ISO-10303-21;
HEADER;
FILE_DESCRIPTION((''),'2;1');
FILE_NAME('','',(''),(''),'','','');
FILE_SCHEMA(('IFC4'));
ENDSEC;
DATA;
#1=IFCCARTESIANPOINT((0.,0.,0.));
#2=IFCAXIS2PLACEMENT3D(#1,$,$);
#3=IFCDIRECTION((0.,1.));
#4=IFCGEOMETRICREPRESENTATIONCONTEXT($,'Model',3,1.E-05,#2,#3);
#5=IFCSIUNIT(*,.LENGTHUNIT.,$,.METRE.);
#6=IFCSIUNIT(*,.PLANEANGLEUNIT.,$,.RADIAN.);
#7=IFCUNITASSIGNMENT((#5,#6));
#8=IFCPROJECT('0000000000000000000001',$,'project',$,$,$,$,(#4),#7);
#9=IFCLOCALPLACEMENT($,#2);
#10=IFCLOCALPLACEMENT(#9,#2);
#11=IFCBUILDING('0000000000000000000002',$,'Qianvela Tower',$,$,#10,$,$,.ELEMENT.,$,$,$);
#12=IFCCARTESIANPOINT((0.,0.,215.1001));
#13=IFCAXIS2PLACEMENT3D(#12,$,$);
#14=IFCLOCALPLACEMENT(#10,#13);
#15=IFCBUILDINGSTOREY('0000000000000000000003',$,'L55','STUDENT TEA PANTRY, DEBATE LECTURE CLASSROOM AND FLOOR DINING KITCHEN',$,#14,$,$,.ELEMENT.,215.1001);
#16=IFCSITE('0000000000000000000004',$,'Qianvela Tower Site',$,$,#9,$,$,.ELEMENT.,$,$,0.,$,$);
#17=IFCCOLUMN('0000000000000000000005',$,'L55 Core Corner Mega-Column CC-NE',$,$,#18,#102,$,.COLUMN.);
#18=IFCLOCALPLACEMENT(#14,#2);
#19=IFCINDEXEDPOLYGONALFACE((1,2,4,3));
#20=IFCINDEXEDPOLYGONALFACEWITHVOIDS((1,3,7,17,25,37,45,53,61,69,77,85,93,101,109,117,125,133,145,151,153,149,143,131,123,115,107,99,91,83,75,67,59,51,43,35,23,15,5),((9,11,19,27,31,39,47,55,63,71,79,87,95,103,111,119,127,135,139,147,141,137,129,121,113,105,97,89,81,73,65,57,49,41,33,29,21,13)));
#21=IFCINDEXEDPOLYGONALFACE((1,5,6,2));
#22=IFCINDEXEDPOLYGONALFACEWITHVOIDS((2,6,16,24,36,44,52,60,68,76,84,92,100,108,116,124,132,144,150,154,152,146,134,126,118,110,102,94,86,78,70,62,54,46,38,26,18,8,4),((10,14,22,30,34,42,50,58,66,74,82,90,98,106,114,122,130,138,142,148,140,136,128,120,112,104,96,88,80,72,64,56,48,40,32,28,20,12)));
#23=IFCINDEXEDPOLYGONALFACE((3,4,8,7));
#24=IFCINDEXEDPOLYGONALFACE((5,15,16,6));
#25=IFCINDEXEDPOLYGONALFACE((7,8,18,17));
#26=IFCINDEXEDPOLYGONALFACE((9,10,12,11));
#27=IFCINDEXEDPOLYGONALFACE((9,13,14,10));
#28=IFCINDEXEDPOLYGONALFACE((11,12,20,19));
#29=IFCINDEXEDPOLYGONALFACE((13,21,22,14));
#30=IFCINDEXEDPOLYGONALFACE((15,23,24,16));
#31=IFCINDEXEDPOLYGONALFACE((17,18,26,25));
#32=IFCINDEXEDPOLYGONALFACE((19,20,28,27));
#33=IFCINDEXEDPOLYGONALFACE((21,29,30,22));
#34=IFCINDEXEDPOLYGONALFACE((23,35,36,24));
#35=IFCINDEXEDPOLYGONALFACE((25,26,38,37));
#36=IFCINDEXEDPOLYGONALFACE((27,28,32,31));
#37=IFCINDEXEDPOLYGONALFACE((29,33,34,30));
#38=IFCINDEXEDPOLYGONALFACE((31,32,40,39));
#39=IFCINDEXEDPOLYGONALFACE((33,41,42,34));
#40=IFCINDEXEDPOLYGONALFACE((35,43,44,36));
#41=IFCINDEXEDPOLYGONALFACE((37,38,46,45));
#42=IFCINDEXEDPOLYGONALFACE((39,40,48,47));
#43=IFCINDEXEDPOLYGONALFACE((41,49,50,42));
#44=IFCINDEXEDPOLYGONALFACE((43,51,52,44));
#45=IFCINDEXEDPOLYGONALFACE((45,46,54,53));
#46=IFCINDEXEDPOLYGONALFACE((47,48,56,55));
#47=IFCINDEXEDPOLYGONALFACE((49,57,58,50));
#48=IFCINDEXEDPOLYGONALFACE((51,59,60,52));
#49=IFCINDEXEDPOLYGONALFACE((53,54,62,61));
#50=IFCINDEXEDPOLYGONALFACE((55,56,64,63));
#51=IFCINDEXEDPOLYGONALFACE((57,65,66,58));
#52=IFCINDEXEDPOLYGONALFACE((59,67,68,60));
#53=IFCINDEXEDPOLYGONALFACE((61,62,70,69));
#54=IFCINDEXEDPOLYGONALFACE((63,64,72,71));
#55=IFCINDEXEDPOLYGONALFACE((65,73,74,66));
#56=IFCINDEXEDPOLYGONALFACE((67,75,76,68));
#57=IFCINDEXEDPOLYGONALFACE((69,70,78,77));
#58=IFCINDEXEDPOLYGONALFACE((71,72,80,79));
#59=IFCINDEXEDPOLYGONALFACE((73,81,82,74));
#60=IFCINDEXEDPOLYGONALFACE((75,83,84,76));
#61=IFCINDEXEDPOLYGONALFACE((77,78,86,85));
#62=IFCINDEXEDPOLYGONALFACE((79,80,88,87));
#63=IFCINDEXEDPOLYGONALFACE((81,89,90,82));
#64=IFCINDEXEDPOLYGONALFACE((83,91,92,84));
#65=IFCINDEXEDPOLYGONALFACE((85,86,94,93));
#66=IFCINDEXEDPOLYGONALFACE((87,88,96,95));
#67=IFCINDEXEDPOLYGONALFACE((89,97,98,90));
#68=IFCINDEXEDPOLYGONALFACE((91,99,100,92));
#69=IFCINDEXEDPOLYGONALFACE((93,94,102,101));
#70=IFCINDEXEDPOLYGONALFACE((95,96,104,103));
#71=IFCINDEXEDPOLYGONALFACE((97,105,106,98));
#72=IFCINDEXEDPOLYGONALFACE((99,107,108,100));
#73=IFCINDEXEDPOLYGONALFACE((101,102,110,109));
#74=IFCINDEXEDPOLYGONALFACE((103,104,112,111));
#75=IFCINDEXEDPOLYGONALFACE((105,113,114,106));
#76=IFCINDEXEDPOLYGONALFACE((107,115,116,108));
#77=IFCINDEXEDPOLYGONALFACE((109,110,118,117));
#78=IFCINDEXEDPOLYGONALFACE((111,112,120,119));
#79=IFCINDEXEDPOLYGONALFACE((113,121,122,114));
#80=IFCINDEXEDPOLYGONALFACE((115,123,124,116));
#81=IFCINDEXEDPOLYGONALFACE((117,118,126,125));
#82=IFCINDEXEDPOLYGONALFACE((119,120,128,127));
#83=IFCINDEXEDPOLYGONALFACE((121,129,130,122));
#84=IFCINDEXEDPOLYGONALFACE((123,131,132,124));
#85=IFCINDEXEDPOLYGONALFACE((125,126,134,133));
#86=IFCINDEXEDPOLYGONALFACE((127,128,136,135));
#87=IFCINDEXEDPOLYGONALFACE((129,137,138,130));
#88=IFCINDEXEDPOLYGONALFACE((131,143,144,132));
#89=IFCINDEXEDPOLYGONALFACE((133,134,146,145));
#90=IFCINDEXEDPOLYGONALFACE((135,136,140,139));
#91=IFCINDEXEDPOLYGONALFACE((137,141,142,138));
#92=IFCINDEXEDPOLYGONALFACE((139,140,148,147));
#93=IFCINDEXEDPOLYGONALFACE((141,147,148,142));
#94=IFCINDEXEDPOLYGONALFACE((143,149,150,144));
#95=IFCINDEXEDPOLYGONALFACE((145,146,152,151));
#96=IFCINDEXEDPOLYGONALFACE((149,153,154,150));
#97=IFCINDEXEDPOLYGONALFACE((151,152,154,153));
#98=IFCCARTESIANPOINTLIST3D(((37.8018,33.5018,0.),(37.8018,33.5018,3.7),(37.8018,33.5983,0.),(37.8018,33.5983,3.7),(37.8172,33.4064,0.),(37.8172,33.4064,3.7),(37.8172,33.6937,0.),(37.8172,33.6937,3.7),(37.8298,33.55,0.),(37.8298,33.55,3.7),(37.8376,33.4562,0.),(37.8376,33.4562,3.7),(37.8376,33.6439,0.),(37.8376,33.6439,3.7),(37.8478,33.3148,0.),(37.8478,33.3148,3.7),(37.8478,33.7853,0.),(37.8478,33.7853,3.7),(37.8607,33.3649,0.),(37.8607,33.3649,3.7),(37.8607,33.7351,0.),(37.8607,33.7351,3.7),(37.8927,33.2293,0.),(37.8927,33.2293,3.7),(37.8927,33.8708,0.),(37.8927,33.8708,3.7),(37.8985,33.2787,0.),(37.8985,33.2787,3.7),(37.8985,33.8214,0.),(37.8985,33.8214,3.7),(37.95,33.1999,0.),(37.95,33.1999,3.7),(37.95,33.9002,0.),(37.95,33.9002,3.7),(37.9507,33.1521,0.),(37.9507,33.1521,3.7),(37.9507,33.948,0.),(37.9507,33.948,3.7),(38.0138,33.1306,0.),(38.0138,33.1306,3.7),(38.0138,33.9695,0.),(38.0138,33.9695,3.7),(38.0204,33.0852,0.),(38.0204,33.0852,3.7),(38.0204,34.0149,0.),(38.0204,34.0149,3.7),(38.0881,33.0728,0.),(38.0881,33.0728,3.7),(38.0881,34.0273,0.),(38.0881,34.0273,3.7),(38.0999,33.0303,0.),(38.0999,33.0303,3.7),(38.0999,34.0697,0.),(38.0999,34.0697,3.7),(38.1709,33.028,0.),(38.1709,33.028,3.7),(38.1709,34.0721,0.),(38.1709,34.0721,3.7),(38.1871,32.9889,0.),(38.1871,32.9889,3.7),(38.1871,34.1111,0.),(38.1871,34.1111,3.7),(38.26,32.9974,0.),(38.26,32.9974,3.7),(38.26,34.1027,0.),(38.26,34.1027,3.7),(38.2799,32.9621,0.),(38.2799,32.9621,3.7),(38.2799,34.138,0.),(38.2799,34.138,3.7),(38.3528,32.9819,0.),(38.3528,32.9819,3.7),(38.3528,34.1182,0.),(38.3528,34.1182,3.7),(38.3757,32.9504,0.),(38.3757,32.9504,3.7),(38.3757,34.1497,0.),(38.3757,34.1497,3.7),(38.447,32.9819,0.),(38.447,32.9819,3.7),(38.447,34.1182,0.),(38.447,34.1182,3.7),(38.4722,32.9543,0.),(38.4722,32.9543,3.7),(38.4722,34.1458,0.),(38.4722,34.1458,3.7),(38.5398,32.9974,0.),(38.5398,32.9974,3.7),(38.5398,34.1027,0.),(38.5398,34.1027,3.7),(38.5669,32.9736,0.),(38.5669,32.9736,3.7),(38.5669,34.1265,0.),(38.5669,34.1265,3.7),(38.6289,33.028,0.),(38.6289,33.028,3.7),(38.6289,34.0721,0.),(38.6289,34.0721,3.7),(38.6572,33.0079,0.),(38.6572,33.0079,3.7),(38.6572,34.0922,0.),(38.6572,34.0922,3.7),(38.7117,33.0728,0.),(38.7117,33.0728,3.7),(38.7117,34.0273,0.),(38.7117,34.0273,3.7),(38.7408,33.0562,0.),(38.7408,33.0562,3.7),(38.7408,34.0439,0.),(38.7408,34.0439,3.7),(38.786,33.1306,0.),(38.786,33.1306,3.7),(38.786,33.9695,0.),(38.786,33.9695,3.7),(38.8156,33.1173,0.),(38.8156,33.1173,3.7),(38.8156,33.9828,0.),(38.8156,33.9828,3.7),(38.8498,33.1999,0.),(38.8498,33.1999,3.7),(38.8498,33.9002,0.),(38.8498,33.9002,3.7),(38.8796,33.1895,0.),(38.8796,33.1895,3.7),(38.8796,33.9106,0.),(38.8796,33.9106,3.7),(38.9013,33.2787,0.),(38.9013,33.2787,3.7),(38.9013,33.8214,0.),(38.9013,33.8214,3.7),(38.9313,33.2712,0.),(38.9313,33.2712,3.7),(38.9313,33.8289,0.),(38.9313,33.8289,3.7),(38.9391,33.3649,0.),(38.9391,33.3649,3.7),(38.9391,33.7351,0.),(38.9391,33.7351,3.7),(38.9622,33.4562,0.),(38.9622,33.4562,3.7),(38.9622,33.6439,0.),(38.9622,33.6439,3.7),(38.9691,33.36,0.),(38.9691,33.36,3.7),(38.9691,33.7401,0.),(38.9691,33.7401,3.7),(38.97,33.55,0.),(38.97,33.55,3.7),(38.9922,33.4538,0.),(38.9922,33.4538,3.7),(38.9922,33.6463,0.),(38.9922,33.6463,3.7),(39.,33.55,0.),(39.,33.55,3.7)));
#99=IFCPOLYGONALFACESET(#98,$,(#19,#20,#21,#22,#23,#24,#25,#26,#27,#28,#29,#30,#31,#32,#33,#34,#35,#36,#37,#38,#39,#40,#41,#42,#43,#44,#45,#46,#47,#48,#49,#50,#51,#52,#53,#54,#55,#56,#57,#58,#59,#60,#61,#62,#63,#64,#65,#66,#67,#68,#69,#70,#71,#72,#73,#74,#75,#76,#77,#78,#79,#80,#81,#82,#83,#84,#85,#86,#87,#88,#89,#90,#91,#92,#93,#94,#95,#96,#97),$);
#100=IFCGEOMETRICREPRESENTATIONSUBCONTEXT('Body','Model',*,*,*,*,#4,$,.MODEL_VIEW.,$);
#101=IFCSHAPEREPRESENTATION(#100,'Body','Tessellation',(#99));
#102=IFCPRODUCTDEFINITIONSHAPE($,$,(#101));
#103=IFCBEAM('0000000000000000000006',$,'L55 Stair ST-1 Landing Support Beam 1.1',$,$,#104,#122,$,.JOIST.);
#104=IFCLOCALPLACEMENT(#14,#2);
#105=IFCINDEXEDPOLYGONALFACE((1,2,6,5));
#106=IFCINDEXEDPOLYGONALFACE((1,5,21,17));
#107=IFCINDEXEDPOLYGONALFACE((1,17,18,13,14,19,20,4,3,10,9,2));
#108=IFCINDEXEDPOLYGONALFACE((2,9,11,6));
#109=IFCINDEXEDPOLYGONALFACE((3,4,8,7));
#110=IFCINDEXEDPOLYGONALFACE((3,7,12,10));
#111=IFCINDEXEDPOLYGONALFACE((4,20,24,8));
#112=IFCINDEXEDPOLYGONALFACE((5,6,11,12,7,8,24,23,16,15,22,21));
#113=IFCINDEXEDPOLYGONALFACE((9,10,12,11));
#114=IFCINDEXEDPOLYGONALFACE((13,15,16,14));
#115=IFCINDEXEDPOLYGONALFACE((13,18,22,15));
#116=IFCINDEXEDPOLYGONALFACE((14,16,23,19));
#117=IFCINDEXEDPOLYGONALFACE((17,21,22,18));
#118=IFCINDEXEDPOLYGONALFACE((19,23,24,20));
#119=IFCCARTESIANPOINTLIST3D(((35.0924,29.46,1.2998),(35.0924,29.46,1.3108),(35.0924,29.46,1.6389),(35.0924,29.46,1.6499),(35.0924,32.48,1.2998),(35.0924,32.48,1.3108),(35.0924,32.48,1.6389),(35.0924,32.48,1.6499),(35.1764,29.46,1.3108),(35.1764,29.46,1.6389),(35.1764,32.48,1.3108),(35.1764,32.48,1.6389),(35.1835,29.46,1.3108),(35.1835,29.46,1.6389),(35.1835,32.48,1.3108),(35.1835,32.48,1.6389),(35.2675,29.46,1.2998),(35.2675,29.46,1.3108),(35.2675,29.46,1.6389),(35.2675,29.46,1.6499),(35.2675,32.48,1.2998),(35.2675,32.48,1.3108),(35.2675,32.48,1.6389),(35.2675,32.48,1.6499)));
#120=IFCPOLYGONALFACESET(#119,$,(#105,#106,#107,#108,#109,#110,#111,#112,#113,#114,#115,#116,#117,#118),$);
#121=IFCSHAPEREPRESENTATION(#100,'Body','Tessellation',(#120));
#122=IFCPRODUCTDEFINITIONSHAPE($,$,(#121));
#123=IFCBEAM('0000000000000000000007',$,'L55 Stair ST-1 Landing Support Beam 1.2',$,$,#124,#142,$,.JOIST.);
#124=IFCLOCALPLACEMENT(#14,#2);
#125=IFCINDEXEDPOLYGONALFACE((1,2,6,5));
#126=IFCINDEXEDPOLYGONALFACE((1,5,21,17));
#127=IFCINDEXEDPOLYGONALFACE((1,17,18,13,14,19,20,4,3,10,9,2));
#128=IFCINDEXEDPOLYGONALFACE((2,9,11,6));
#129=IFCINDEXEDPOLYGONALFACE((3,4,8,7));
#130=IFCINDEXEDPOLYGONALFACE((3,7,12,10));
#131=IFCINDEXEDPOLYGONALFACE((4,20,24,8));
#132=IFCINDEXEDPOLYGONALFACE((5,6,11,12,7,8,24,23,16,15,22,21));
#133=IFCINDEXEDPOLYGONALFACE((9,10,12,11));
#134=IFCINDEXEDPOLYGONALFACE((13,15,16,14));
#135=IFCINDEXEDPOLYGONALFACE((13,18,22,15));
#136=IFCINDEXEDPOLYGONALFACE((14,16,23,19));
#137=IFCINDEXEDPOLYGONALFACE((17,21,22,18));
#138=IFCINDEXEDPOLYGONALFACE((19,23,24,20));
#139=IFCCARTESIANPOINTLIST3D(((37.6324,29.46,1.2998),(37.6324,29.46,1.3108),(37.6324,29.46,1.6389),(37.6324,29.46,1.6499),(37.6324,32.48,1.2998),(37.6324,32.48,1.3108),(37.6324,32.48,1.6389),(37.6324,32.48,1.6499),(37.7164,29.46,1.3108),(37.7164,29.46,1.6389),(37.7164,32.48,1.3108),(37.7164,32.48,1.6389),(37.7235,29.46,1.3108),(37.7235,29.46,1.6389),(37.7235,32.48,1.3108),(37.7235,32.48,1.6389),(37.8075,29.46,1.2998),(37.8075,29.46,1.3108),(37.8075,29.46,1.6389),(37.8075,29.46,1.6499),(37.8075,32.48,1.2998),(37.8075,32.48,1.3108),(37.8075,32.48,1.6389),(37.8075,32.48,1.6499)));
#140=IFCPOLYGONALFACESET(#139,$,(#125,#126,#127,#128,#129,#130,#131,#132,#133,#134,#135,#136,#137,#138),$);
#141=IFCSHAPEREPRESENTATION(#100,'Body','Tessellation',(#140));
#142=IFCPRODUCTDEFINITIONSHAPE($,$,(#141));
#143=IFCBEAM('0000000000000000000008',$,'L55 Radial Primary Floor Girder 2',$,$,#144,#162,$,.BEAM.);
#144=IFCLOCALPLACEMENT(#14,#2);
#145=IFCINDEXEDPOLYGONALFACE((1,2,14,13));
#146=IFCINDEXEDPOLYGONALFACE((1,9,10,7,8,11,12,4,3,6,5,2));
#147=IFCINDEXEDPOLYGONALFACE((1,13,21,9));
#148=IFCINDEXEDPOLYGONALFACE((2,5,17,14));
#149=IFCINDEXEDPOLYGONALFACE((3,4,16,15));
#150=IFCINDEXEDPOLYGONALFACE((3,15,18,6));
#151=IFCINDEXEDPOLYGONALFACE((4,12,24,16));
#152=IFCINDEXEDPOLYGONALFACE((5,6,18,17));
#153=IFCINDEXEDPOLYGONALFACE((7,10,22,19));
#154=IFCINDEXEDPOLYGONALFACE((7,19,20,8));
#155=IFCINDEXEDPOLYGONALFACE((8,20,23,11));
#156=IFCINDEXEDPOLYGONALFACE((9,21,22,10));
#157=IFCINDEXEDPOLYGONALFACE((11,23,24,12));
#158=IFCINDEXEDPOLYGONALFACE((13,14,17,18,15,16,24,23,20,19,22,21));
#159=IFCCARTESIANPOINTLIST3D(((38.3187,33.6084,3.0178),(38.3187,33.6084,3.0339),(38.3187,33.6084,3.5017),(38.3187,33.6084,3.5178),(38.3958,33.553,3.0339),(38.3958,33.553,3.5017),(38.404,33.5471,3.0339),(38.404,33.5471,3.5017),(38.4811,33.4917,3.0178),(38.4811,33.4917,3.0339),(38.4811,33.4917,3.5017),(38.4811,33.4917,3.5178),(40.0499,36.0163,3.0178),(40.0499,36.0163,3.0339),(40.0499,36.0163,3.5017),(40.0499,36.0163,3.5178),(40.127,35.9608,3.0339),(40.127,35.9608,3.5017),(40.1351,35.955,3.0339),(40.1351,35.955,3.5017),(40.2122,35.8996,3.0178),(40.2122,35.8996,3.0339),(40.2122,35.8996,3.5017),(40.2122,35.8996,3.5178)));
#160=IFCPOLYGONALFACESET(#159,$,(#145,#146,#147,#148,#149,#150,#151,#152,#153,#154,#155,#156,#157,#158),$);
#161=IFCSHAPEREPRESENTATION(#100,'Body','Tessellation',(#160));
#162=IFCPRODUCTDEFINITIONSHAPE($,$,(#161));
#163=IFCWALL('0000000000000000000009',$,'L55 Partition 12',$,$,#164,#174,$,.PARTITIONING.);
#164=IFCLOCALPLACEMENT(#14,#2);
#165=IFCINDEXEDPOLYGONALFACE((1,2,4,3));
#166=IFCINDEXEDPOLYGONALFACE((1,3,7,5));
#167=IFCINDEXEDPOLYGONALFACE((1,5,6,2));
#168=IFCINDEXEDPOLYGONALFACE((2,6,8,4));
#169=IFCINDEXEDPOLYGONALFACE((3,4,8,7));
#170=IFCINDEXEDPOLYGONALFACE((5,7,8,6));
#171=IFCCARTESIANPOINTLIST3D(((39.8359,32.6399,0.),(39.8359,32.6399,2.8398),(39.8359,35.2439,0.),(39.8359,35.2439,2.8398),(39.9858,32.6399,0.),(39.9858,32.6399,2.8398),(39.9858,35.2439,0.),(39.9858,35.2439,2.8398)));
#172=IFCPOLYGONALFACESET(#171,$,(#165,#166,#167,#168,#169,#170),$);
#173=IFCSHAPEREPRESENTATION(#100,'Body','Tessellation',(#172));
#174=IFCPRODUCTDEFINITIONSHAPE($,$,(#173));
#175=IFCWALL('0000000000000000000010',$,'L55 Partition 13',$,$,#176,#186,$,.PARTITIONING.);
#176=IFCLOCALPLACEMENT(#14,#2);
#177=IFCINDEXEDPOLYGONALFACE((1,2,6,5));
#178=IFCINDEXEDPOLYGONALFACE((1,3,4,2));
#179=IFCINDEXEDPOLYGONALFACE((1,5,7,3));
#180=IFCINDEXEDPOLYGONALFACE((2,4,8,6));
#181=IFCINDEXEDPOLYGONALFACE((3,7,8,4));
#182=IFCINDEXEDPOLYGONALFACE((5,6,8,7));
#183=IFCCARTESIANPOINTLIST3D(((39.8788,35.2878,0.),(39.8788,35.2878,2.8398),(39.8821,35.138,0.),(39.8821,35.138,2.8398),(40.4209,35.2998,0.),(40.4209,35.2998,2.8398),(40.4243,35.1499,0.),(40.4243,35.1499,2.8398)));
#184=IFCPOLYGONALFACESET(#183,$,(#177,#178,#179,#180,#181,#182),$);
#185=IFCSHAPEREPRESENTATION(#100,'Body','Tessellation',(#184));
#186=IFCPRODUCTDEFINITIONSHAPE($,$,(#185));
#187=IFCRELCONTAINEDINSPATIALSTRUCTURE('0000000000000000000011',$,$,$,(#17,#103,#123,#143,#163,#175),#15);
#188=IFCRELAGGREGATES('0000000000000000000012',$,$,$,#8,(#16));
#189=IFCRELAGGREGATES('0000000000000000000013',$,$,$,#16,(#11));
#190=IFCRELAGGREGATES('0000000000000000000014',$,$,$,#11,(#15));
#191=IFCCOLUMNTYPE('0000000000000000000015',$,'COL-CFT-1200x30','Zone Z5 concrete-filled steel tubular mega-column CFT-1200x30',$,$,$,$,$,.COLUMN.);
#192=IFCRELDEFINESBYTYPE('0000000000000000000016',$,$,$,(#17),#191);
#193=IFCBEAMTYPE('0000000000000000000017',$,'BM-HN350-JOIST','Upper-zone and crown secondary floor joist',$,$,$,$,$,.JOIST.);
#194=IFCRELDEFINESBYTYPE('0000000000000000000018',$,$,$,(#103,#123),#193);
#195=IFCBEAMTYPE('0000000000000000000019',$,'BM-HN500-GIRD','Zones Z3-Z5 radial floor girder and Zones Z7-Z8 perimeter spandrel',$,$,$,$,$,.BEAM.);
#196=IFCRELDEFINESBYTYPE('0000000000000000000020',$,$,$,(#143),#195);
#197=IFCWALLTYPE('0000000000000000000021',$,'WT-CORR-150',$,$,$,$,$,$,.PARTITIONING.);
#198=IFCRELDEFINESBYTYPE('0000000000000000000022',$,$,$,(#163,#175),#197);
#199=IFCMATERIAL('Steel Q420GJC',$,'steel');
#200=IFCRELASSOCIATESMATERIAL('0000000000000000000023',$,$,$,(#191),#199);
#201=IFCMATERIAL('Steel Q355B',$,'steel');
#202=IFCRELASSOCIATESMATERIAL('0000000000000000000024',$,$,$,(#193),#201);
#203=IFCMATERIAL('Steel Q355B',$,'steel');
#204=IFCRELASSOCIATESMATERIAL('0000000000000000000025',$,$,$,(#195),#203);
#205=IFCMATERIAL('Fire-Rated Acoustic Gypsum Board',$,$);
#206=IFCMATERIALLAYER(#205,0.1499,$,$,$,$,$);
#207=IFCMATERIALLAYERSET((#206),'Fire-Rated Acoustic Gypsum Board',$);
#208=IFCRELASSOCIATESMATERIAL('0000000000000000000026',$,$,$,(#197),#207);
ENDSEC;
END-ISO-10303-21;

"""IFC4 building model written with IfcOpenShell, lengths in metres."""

from ifc_helpers import new_model, si_unit, direction, frame, frame_2d, origin, origin_2d, place, context, subcontext, project, spatial, rectangle, hollow_circle, i_section, extrude, material, layer, layer_set, material_profile, profile_set, type_object, element, save


model = new_model("IFC4")

# Units and contexts
model_context = context("Model", 3, precision=1e-05, world=origin(), true_north=direction((0.0, 1.0)))
body_context = subcontext(model_context, "Body", "Model", "MODEL_VIEW")
ifc_project = project(units=[si_unit("LENGTHUNIT", "METRE"), si_unit("PLANEANGLEUNIT", "RADIAN")], contexts=[model_context])

# Site, building, storey
site_placement = place(None, origin())
site = spatial("IfcSite", under=ifc_project, at=site_placement, Name="Qianvela Tower Site", CompositionType="ELEMENT", RefElevation=0.0)
building_placement = place(site_placement, origin())
building = spatial("IfcBuilding", under=site, at=building_placement, Name="Qianvela Tower", CompositionType="ELEMENT")
storey_placement = place(building_placement, frame((0.0, 0.0, 215.1001)))
storey = spatial("IfcBuildingStorey", under=building, at=storey_placement, Name="L55", Description="STUDENT TEA PANTRY, DEBATE LECTURE CLASSROOM AND FLOOR DINING KITCHEN", CompositionType="ELEMENT", Elevation=215.1001)

# Column
ifc_material_1 = material(Name="Steel Q420GJC", Category="steel")
ifc_material_profile_1 = material_profile(ifc_material_1, hollow_circle(Radius=0.6001, WallThickness=0.03, at=origin_2d()), Name="CFT-1200x30")
ifc_profile_set_1 = profile_set([ifc_material_profile_1], Name="Steel Q420GJC")
column_type = type_object("IfcColumnType", Name="COL-CFT-1200x30", Description="Zone Z5 concrete-filled steel tubular mega-column CFT-1200x30", PredefinedType="COLUMN", material=ifc_profile_set_1)
column_placement = place(storey_placement, frame((38.3999, 33.55, 0.0), z_axis=(0.0, 0.0, 1.0), x_axis=(1.0, 0.0, 0.0)))
element("IfcColumn", 1, at=column_placement, inside=storey, type_object=column_type, Name="L55 Core Corner Mega-Column CC-NE", PredefinedType="COLUMN", context=body_context, shape_type="SweptSolid", body=[
    extrude(hollow_circle(Radius=0.6001, WallThickness=0.03, at=origin_2d()), origin(), (0.0, 0.0, 1.0), 3.7),
])

# Beams
ifc_material_2 = material(Name="Steel Q355B", Category="steel")
ifc_material_profile_2 = material_profile(ifc_material_2, i_section(OverallWidth=0.175, OverallDepth=0.3501, WebThickness=0.0071, FlangeThickness=0.011, at=origin_2d()), Name="HN350x175x7x11")
ifc_profile_set_2 = profile_set([ifc_material_profile_2], Name="Steel Q355B")
beam_type_1 = type_object("IfcBeamType", Name="BM-HN350-JOIST", Description="Upper-zone and crown secondary floor joist", PredefinedType="JOIST", material=ifc_profile_set_2)
for number, where, z_axis, x_axis, name in (
    (2, (35.1799, 29.46, 1.4749), (0.0, 1.0, 0.0), (-1.0, 0.0, 0.0), "L55 Stair ST-1 Landing Support Beam 1.1"),
    (3, (37.72, 29.46, 1.4749), (0.0, 1.0, 0.0), (-1.0, 0.0, 0.0), "L55 Stair ST-1 Landing Support Beam 1.2"),
):
    element("IfcBeam", number, at=place(storey_placement, frame(where, z_axis=z_axis, x_axis=x_axis)), inside=storey, type_object=beam_type_1, Name=name, PredefinedType="JOIST", context=body_context, shape_type="SweptSolid", body=[
        extrude(i_section(OverallWidth=0.175, OverallDepth=0.3501, WebThickness=0.0071, FlangeThickness=0.011, at=origin_2d()), origin(), (0.0, 0.0, 1.0), 3.02),
    ])
ifc_material_3 = material(Name="Steel Q355B", Category="steel")
ifc_material_profile_3 = material_profile(ifc_material_3, i_section(OverallWidth=0.2, OverallDepth=0.5, WebThickness=0.01, FlangeThickness=0.0161, at=origin_2d()), Name="HN500x200x10x16")
ifc_profile_set_3 = profile_set([ifc_material_profile_3], Name="Steel Q355B")
beam_type_2 = type_object("IfcBeamType", Name="BM-HN500-GIRD", Description="Zones Z3-Z5 radial floor girder and Zones Z7-Z8 perimeter spandrel", PredefinedType="BEAM", material=ifc_profile_set_3)
beam_placement = place(storey_placement, frame((38.3999, 33.55, 3.2678), z_axis=(0.583743, 0.811939, 0.0), x_axis=(-0.811939, 0.583743, 0.0)))
element("IfcBeam", 4, at=beam_placement, inside=storey, type_object=beam_type_2, Name="L55 Radial Primary Floor Girder 2", PredefinedType="BEAM", context=body_context, shape_type="SweptSolid", body=[
    extrude(i_section(OverallWidth=0.2, OverallDepth=0.5, WebThickness=0.01, FlangeThickness=0.0161, at=origin_2d()), origin(), (0.0, 0.0, 1.0), 2.9656),
])

# Walls
ifc_material_4 = material(Name="Fire-Rated Acoustic Gypsum Board")
ifc_layer_1 = layer(ifc_material_4, 0.1499)
ifc_layer_set_1 = layer_set([ifc_layer_1], Name="Fire-Rated Acoustic Gypsum Board")
wall_type_1 = type_object("IfcWallType", Name="WT-CORR-150", PredefinedType="PARTITIONING", material=ifc_layer_set_1)
wall_1_placement = place(storey_placement, frame((39.9109, 32.6399, 0.0), z_axis=(0.0, 0.0, 1.0), x_axis=(0.0, 1.0, 0.0)))
element("IfcWall", 5, at=wall_1_placement, inside=storey, type_object=wall_type_1, Name="L55 Partition 12", PredefinedType="PARTITIONING", context=body_context, shape_type="SweptSolid", body=[
    extrude(rectangle(XDim=2.604, YDim=0.1499, at=frame_2d((1.302, 0.0))), origin(), (0.0, 0.0, 1.0), 2.8398),
])
wall_2_placement = place(storey_placement, frame((39.8806, 35.2129, 0.0), z_axis=(0.0, 0.0, 1.0), x_axis=(0.999757, 0.022067, 0.0)))
element("IfcWall", 6, at=wall_2_placement, inside=storey, type_object=wall_type_1, Name="L55 Partition 13", PredefinedType="PARTITIONING", context=body_context, shape_type="SweptSolid", body=[
    extrude(rectangle(XDim=0.5422, YDim=0.1499, at=frame_2d((0.271, 0.0))), origin(), (0.0, 0.0, 1.0), 2.8398),
])

save(model, "model.ifc")
